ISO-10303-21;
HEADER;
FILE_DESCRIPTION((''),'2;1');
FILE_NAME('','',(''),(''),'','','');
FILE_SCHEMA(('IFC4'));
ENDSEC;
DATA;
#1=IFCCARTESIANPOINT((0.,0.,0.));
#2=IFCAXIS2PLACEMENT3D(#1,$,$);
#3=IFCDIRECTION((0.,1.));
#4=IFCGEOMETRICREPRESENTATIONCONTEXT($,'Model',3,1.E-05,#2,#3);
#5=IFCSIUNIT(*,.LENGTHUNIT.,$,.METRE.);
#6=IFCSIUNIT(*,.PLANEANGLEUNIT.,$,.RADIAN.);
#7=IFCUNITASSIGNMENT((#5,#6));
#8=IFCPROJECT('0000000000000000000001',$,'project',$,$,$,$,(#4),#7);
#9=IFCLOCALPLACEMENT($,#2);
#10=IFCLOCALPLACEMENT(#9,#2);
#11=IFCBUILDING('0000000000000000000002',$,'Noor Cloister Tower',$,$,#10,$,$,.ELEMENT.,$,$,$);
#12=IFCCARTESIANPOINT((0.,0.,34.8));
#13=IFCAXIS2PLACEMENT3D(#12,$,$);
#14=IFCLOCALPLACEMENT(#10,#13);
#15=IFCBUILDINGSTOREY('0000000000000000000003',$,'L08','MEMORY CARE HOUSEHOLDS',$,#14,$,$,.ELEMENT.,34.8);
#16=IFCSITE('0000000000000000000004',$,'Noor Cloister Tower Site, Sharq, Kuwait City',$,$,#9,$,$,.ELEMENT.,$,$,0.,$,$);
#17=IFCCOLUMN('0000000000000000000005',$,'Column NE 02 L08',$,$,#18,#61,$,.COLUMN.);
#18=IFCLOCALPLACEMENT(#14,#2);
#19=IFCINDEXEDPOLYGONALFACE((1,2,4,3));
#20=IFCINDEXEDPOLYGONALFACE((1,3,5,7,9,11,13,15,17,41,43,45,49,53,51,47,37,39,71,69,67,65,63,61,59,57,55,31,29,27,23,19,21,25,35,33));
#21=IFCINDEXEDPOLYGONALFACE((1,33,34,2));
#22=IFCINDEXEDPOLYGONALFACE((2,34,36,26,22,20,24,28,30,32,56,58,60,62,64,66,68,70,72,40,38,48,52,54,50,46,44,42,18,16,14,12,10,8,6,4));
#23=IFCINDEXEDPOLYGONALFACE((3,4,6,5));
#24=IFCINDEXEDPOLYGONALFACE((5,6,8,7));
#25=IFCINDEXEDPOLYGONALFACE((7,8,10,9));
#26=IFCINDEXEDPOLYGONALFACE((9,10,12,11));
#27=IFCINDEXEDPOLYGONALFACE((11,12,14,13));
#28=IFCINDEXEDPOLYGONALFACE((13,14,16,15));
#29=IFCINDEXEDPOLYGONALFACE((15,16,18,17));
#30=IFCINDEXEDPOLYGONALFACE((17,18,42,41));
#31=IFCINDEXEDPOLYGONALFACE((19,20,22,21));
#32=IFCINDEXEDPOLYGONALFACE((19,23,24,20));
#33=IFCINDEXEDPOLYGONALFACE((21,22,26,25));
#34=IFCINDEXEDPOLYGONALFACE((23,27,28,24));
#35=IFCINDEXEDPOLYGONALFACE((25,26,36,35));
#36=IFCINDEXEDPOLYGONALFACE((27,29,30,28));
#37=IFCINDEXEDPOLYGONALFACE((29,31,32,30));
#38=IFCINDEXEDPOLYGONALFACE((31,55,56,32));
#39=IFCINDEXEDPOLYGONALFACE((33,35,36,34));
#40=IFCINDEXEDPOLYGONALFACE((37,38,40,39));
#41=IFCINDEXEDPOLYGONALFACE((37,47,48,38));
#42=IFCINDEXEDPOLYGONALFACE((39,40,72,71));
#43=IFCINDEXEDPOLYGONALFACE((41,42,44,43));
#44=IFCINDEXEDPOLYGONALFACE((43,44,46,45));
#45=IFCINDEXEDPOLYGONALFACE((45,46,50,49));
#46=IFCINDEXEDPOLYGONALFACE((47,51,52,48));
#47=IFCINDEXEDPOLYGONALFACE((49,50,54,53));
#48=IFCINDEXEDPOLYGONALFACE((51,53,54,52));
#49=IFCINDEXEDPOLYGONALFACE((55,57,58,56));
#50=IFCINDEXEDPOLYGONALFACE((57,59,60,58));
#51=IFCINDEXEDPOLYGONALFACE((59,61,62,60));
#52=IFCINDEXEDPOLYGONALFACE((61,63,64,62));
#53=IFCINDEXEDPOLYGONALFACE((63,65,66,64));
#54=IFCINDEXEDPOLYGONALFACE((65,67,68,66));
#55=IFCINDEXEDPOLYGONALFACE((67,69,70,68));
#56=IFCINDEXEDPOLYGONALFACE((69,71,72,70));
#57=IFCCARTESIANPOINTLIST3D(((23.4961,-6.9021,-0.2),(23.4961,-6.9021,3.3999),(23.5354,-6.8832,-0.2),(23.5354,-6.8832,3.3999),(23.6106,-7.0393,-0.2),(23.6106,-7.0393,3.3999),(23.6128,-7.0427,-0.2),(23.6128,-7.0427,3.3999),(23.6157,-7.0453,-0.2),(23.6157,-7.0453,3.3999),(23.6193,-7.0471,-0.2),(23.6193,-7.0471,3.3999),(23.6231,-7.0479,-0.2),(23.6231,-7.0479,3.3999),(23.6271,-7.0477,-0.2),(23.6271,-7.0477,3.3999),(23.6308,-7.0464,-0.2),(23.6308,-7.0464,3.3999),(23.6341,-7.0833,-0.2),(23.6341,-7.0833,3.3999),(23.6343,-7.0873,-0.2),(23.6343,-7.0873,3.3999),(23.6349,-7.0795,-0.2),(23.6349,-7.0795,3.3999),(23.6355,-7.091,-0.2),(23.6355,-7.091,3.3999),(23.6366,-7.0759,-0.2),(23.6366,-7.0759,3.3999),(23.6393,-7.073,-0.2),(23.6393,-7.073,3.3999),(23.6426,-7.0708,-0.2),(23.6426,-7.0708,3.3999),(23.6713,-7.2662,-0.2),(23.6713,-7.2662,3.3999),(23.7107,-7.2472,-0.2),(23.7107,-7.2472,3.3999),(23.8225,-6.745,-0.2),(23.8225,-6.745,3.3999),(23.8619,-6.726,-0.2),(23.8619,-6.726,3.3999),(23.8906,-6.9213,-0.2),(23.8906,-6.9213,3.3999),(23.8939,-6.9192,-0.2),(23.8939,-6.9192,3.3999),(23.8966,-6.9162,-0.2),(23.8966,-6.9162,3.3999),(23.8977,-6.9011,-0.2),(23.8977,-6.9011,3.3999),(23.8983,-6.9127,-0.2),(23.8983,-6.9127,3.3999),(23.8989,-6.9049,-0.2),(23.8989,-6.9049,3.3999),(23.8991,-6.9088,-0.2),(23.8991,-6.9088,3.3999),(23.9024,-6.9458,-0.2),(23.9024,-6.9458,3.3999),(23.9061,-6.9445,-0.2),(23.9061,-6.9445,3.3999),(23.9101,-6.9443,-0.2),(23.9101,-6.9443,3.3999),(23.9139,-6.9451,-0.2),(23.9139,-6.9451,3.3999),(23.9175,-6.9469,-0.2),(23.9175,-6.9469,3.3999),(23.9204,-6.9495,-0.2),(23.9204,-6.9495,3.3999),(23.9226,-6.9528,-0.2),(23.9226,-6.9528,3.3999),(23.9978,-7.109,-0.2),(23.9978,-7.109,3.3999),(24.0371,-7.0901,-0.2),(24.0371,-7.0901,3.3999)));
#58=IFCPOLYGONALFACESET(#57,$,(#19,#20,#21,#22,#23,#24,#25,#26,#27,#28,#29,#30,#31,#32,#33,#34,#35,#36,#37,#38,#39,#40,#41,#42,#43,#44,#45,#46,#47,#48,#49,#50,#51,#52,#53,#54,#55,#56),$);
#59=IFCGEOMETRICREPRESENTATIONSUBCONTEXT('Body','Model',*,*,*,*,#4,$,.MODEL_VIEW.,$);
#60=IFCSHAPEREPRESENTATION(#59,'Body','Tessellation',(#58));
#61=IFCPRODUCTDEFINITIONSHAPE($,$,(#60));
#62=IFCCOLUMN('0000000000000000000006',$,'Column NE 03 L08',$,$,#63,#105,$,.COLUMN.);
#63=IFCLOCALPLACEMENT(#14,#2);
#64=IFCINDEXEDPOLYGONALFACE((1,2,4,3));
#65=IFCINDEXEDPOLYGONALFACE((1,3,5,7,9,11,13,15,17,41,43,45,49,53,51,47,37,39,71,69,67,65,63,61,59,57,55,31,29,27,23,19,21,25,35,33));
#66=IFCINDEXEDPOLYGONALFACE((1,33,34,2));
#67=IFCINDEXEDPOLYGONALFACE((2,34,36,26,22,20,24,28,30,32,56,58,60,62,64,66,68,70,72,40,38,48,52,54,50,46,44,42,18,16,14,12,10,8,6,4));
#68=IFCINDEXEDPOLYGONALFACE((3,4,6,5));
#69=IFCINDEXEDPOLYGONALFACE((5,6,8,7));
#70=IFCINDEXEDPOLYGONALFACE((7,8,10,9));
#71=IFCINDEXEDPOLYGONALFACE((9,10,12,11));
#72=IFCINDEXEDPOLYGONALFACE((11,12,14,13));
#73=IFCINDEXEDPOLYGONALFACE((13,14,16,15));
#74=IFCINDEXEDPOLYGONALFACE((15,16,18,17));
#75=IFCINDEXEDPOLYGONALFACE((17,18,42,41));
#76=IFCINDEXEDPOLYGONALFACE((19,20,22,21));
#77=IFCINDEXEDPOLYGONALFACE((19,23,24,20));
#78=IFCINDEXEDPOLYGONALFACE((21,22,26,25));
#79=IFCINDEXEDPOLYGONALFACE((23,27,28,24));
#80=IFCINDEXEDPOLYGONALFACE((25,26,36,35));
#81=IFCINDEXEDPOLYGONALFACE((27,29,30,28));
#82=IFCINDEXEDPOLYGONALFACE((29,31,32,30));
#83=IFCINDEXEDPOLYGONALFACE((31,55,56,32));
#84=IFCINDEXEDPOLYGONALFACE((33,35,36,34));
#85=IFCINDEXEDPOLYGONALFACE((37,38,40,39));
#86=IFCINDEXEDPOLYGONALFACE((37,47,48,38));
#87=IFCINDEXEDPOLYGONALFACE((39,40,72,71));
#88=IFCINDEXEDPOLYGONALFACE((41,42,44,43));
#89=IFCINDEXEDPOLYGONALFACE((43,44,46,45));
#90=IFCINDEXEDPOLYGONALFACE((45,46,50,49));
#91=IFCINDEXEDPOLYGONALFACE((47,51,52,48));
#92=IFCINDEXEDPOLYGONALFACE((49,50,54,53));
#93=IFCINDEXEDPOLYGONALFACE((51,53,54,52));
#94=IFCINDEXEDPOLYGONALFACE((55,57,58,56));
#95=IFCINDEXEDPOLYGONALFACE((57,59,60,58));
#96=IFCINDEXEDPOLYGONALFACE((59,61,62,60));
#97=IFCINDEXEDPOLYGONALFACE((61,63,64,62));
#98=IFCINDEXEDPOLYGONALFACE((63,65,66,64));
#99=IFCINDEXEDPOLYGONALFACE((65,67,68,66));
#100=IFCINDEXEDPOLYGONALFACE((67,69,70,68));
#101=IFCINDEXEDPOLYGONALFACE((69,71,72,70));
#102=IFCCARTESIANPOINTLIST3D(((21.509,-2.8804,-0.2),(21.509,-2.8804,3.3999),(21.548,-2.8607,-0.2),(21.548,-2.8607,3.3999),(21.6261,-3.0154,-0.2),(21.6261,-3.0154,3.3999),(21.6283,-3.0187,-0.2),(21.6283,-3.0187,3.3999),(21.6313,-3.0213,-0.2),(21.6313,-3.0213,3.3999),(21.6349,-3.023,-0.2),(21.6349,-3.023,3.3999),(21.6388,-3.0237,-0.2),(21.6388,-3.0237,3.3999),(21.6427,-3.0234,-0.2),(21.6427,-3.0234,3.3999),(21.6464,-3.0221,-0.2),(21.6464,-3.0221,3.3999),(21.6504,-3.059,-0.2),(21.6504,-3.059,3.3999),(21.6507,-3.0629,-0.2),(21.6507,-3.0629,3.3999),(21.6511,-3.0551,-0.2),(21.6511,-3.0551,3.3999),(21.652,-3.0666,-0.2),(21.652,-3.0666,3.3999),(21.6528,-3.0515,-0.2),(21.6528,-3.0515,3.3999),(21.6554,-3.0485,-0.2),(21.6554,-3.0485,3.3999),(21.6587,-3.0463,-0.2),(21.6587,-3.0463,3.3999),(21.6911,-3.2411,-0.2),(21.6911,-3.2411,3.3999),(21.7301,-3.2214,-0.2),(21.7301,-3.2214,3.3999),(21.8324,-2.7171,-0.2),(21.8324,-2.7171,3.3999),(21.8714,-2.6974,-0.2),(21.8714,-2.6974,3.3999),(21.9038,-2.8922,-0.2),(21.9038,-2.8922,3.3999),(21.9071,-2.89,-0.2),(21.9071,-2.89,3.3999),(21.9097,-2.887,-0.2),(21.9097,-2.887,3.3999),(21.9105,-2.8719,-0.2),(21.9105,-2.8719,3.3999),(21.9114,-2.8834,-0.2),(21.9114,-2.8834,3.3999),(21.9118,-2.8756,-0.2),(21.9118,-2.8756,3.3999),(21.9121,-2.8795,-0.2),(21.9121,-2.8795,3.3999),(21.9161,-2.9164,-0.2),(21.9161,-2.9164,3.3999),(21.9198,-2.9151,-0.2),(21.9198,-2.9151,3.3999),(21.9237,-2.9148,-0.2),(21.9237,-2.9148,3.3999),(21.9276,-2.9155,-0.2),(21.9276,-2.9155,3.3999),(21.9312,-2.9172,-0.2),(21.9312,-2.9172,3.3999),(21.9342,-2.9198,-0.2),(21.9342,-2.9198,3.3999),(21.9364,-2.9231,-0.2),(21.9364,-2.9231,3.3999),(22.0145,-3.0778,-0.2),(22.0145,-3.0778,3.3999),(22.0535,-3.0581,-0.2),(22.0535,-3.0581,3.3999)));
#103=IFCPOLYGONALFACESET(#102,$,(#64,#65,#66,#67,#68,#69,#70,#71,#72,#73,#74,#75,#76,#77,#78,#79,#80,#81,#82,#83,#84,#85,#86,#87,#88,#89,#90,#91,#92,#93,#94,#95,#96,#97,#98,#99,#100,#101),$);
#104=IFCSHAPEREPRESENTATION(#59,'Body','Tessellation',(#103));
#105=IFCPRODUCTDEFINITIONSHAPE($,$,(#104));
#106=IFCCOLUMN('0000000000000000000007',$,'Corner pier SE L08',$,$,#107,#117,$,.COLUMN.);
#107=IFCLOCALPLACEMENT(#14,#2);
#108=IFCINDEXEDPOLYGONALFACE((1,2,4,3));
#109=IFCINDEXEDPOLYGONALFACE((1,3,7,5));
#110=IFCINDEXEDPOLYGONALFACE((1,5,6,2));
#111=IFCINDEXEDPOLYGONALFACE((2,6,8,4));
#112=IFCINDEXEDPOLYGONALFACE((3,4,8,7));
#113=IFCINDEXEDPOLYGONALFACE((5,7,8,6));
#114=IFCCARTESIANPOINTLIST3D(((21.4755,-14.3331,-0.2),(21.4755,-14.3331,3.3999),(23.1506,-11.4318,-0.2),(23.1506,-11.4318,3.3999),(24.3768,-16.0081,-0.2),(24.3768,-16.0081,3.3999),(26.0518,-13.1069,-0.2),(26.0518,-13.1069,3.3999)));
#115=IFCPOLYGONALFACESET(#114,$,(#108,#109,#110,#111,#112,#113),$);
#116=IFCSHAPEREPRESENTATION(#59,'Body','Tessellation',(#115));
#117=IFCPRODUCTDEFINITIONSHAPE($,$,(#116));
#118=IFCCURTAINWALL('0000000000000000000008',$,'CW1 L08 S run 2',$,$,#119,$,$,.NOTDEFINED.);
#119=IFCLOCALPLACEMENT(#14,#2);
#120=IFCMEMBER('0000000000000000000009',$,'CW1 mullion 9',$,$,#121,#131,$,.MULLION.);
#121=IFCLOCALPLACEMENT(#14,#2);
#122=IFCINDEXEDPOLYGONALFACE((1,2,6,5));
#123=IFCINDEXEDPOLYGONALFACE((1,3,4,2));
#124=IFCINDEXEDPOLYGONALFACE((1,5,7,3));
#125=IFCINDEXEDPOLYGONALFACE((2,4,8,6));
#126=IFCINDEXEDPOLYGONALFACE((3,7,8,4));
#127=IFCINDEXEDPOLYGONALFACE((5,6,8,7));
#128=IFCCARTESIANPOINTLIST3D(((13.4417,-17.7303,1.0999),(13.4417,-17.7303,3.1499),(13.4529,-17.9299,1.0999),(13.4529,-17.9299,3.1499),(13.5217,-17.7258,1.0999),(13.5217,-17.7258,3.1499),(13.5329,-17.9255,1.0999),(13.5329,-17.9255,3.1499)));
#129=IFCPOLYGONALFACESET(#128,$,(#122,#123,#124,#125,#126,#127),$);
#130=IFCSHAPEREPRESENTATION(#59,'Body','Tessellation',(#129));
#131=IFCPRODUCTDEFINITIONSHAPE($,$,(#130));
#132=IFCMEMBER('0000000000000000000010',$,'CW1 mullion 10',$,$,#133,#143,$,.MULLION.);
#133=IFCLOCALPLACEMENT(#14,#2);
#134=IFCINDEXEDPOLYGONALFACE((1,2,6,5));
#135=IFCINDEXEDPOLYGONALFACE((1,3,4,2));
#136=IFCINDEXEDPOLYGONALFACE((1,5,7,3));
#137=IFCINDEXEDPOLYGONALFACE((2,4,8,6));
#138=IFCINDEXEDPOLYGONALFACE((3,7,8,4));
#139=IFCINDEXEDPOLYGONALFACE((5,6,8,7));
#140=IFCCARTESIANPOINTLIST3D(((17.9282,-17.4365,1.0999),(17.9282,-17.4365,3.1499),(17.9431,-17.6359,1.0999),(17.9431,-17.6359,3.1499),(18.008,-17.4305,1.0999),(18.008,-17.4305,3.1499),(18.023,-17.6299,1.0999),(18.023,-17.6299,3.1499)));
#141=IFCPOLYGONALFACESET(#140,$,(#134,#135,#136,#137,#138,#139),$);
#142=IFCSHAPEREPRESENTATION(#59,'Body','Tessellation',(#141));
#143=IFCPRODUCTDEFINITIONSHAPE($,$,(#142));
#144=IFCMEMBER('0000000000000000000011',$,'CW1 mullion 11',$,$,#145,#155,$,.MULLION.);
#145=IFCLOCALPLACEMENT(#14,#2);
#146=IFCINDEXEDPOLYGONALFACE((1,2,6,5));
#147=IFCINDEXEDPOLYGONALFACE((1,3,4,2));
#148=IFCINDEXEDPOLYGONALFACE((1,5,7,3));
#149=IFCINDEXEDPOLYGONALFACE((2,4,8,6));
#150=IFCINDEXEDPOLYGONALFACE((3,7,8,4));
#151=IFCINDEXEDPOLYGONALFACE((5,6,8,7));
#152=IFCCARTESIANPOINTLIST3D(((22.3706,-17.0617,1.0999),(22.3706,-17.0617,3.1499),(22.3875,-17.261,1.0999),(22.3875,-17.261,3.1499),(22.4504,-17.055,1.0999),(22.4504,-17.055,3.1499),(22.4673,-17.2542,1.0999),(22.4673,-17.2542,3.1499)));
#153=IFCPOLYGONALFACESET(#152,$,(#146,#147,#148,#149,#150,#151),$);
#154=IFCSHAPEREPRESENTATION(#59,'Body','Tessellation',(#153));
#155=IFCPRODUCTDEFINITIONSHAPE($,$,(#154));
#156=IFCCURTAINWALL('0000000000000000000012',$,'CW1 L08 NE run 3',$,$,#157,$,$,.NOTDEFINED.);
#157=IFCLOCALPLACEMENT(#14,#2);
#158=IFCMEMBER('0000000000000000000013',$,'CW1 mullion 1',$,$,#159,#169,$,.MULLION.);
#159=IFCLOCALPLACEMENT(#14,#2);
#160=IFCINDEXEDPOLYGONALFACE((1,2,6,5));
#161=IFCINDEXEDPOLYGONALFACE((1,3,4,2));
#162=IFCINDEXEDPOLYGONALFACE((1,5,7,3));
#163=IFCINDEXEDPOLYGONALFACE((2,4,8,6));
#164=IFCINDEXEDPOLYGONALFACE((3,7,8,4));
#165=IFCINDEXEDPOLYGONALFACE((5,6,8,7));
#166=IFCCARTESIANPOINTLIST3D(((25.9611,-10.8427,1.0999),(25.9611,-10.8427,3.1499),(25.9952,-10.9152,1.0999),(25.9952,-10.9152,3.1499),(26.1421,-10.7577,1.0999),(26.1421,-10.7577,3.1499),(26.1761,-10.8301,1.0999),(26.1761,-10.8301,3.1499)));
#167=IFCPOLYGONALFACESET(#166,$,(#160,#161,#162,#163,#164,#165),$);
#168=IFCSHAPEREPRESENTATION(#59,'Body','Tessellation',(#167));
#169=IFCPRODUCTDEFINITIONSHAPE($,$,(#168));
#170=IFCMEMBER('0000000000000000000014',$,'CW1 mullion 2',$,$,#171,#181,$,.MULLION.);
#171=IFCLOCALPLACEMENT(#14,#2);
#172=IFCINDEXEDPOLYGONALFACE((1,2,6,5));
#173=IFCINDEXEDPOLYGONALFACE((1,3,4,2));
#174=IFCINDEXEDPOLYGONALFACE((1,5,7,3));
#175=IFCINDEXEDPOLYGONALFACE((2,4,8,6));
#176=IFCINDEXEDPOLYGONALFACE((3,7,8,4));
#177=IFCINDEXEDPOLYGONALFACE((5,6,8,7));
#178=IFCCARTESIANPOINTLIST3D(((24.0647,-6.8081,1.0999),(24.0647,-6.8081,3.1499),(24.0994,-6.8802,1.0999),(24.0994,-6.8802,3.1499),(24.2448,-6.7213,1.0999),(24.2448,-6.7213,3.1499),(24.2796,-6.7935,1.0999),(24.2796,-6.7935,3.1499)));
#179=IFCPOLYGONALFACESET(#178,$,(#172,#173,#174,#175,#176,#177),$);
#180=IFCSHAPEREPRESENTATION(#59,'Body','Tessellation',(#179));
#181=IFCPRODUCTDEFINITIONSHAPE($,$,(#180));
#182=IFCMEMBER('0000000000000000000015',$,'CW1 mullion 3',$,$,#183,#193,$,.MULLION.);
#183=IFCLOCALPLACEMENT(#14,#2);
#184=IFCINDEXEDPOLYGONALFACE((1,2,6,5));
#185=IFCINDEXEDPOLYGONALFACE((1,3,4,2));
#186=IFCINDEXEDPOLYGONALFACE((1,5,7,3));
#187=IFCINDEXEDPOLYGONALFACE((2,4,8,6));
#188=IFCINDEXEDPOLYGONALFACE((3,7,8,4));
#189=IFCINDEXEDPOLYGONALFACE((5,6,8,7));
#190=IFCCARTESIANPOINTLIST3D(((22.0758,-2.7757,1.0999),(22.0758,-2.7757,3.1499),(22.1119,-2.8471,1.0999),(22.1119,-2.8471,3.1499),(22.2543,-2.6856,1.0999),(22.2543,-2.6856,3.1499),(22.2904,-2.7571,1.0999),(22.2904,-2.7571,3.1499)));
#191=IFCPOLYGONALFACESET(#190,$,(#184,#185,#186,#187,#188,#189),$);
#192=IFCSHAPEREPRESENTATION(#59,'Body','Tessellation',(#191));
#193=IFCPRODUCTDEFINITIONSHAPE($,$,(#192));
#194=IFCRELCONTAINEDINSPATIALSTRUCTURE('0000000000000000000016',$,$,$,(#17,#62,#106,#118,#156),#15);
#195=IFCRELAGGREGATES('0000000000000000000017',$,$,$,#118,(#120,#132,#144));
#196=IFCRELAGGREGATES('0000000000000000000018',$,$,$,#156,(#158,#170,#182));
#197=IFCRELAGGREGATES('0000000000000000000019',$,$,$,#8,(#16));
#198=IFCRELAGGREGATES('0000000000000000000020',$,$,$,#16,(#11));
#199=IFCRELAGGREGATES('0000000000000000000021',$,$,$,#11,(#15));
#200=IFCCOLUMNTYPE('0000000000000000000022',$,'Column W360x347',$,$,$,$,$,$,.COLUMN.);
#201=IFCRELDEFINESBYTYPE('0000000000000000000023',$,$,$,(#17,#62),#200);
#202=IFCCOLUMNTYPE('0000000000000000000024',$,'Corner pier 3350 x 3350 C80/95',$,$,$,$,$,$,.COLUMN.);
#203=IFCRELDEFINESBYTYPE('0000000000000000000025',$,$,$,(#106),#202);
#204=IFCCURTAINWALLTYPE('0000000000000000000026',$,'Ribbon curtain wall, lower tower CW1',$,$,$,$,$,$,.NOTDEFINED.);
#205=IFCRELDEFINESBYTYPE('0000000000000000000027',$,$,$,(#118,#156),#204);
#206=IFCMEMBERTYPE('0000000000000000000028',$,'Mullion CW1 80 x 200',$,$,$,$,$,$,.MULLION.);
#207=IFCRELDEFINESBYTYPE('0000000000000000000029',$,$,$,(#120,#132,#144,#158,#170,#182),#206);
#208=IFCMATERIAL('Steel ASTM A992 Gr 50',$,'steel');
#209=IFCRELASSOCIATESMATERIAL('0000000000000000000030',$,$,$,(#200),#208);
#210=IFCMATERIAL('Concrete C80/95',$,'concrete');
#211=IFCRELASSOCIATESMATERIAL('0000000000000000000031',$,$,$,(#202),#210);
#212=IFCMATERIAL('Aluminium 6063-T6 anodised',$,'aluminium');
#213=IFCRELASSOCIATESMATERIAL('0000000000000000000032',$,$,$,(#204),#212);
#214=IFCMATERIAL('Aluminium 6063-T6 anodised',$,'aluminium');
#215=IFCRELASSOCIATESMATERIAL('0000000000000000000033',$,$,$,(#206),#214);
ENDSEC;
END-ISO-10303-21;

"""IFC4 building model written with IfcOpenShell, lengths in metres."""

from ifc_helpers import new_model, si_unit, direction, frame, origin, origin_2d, place, context, subcontext, project, spatial, rectangle, i_section, extrude, material, material_profile, profile_set, type_object, element, aggregate, save


model = new_model("IFC4")

# Units and contexts
model_context = context("Model", 3, precision=1e-05, world=origin(), true_north=direction((0.0, 1.0)))
body_context = subcontext(model_context, "Body", "Model", "MODEL_VIEW")
ifc_project = project(units=[si_unit("LENGTHUNIT", "METRE"), si_unit("PLANEANGLEUNIT", "RADIAN")], contexts=[model_context])

# Site, building, storey
site_placement = place(None, origin())
site = spatial("IfcSite", under=ifc_project, at=site_placement, Name="Noor Cloister Tower Site, Sharq, Kuwait City", CompositionType="ELEMENT", RefElevation=0.0)
building_placement = place(site_placement, origin())
building = spatial("IfcBuilding", under=site, at=building_placement, Name="Noor Cloister Tower", CompositionType="ELEMENT")
storey_placement = place(building_placement, frame((0.0, 0.0, 34.8)))
storey = spatial("IfcBuildingStorey", under=building, at=storey_placement, Name="L08", Description="MEMORY CARE HOUSEHOLDS", CompositionType="ELEMENT", Elevation=34.8)

# Columns
ifc_material_1 = material(Name="Steel ASTM A992 Gr 50", Category="steel")
ifc_material_profile_1 = material_profile(ifc_material_1, i_section(OverallWidth=0.4041, OverallDepth=0.406, WebThickness=0.0271, FlangeThickness=0.0437, FilletRadius=0.0151, at=origin_2d()), Name="W360x347")
ifc_profile_set_1 = profile_set([ifc_material_profile_1], Name="Steel ASTM A992 Gr 50")
column_type_1 = type_object("IfcColumnType", Name="Column W360x347", PredefinedType="COLUMN", material=ifc_profile_set_1)
for number, where, z_axis, x_axis, name in (
    (1, (23.7666, -6.9961, -0.2), (0.0, 0.0, 1.0), (-0.433785, 0.901017, 0.0), "Column NE 02 L08"),
    (2, (21.7812, -2.9692, -0.2), (0.0, 0.0, 1.0), (-0.450581, 0.892735, 0.0), "Column NE 03 L08"),
):
    element("IfcColumn", number, at=place(storey_placement, frame(where, z_axis=z_axis, x_axis=x_axis)), inside=storey, type_object=column_type_1, Name=name, PredefinedType="COLUMN", context=body_context, shape_type="SweptSolid", body=[
        extrude(i_section(OverallWidth=0.4041, OverallDepth=0.406, WebThickness=0.0271, FlangeThickness=0.0437, FilletRadius=0.0151, at=origin_2d()), origin(), (0.0, 0.0, 1.0), 3.5999),
    ])
ifc_material_2 = material(Name="Concrete C80/95", Category="concrete")
ifc_material_profile_2 = material_profile(ifc_material_2, rectangle(XDim=3.3501, YDim=3.3501, at=origin_2d()), Name="RC 3350x3350")
ifc_profile_set_2 = profile_set([ifc_material_profile_2], Name="Concrete C80/95")
column_type_2 = type_object("IfcColumnType", Name="Corner pier 3350 x 3350 C80/95", PredefinedType="COLUMN", material=ifc_profile_set_2)
column_placement = place(storey_placement, frame((23.7637, -13.72, -0.2), z_axis=(0.0, 0.0, 1.0), x_axis=(0.866025, -0.5, 0.0)))
element("IfcColumn", 3, at=column_placement, inside=storey, type_object=column_type_2, Name="Corner pier SE L08", PredefinedType="COLUMN", context=body_context, shape_type="SweptSolid", body=[
    extrude(rectangle(XDim=3.3501, YDim=3.3501, at=origin_2d()), origin(), (0.0, 0.0, 1.0), 3.5999),
])

# Curtain walls, members
ifc_material_3 = material(Name="Aluminium 6063-T6 anodised", Category="aluminium")
curtain_wall_type = type_object("IfcCurtainWallType", Name="Ribbon curtain wall, lower tower CW1", PredefinedType="NOTDEFINED", material=ifc_material_3)
curtain_wall_1_placement = place(storey_placement, origin())
curtain_wall_1 = element("IfcCurtainWall", 4, at=curtain_wall_1_placement, inside=storey, type_object=curtain_wall_type, Name="CW1 L08 S run 2", PredefinedType="NOTDEFINED")
ifc_material_4 = material(Name="Aluminium 6063-T6 anodised", Category="aluminium")
ifc_material_profile_3 = material_profile(ifc_material_4, rectangle(XDim=0.2, YDim=0.0801, at=origin_2d()), Name="200 x 80 mullion")
ifc_profile_set_3 = profile_set([ifc_material_profile_3], Name="Aluminium 6063-T6 anodised")
member_type = type_object("IfcMemberType", Name="Mullion CW1 80 x 200", PredefinedType="MULLION", material=ifc_profile_set_3)
member_1_placement = place(storey_placement, frame((13.4873, -17.8279, 1.0999), z_axis=(0.0, 0.0, 1.0), x_axis=(-0.056153, 0.998422, 0.0)))
member_1 = element("IfcMember", 5, at=member_1_placement, type_object=member_type, Name="CW1 mullion 9", PredefinedType="MULLION", context=body_context, shape_type="SweptSolid", body=[
    extrude(rectangle(XDim=0.2, YDim=0.0801, at=origin_2d()), origin(), (0.0, 0.0, 1.0), 2.05),
])
member_2_placement = place(storey_placement, frame((17.9756, -17.5332, 1.0999), z_axis=(0.0, 0.0, 1.0), x_axis=(-0.07484, 0.997196, 0.0)))
member_2 = element("IfcMember", 6, at=member_2_placement, type_object=member_type, Name="CW1 mullion 10", PredefinedType="MULLION", context=body_context, shape_type="SweptSolid", body=[
    extrude(rectangle(XDim=0.2, YDim=0.0801, at=origin_2d()), origin(), (0.0, 0.0, 1.0), 2.05),
])
member_3_placement = place(storey_placement, frame((22.4189, -17.158, 1.0999), z_axis=(0.0, 0.0, 1.0), x_axis=(-0.084174, 0.996451, 0.0)))
member_3 = element("IfcMember", 7, at=member_3_placement, type_object=member_type, Name="CW1 mullion 11", PredefinedType="MULLION", context=body_context, shape_type="SweptSolid", body=[
    extrude(rectangle(XDim=0.2, YDim=0.0801, at=origin_2d()), origin(), (0.0, 0.0, 1.0), 2.05),
])
curtain_wall_2_placement = place(storey_placement, origin())
curtain_wall_2 = element("IfcCurtainWall", 8, at=curtain_wall_2_placement, inside=storey, type_object=curtain_wall_type, Name="CW1 L08 NE run 3", PredefinedType="NOTDEFINED")
member_4_placement = place(storey_placement, frame((26.0686, -10.8364, 1.0999), z_axis=(0.0, 0.0, 1.0), x_axis=(-0.905039, -0.425329, 0.0)))
member_4 = element("IfcMember", 9, at=member_4_placement, type_object=member_type, Name="CW1 mullion 1", PredefinedType="MULLION", context=body_context, shape_type="SweptSolid", body=[
    extrude(rectangle(XDim=0.2, YDim=0.0801, at=origin_2d()), origin(), (0.0, 0.0, 1.0), 2.05),
])
member_5_placement = place(storey_placement, frame((24.1721, -6.8008, 1.0999), z_axis=(0.0, 0.0, 1.0), x_axis=(-0.901017, -0.433785, 0.0)))
member_5 = element("IfcMember", 10, at=member_5_placement, type_object=member_type, Name="CW1 mullion 2", PredefinedType="MULLION", context=body_context, shape_type="SweptSolid", body=[
    extrude(rectangle(XDim=0.2, YDim=0.0801, at=origin_2d()), origin(), (0.0, 0.0, 1.0), 2.05),
])
member_6_placement = place(storey_placement, frame((22.1831, -2.7664, 1.0999), z_axis=(0.0, 0.0, 1.0), x_axis=(-0.892735, -0.450581, 0.0)))
member_6 = element("IfcMember", 11, at=member_6_placement, type_object=member_type, Name="CW1 mullion 3", PredefinedType="MULLION", context=body_context, shape_type="SweptSolid", body=[
    extrude(rectangle(XDim=0.2, YDim=0.0801, at=origin_2d()), origin(), (0.0, 0.0, 1.0), 2.05),
])

aggregate(curtain_wall_1, [member_1, member_2, member_3])
aggregate(curtain_wall_2, [member_4, member_5, member_6])

save(model, "model.ifc")
